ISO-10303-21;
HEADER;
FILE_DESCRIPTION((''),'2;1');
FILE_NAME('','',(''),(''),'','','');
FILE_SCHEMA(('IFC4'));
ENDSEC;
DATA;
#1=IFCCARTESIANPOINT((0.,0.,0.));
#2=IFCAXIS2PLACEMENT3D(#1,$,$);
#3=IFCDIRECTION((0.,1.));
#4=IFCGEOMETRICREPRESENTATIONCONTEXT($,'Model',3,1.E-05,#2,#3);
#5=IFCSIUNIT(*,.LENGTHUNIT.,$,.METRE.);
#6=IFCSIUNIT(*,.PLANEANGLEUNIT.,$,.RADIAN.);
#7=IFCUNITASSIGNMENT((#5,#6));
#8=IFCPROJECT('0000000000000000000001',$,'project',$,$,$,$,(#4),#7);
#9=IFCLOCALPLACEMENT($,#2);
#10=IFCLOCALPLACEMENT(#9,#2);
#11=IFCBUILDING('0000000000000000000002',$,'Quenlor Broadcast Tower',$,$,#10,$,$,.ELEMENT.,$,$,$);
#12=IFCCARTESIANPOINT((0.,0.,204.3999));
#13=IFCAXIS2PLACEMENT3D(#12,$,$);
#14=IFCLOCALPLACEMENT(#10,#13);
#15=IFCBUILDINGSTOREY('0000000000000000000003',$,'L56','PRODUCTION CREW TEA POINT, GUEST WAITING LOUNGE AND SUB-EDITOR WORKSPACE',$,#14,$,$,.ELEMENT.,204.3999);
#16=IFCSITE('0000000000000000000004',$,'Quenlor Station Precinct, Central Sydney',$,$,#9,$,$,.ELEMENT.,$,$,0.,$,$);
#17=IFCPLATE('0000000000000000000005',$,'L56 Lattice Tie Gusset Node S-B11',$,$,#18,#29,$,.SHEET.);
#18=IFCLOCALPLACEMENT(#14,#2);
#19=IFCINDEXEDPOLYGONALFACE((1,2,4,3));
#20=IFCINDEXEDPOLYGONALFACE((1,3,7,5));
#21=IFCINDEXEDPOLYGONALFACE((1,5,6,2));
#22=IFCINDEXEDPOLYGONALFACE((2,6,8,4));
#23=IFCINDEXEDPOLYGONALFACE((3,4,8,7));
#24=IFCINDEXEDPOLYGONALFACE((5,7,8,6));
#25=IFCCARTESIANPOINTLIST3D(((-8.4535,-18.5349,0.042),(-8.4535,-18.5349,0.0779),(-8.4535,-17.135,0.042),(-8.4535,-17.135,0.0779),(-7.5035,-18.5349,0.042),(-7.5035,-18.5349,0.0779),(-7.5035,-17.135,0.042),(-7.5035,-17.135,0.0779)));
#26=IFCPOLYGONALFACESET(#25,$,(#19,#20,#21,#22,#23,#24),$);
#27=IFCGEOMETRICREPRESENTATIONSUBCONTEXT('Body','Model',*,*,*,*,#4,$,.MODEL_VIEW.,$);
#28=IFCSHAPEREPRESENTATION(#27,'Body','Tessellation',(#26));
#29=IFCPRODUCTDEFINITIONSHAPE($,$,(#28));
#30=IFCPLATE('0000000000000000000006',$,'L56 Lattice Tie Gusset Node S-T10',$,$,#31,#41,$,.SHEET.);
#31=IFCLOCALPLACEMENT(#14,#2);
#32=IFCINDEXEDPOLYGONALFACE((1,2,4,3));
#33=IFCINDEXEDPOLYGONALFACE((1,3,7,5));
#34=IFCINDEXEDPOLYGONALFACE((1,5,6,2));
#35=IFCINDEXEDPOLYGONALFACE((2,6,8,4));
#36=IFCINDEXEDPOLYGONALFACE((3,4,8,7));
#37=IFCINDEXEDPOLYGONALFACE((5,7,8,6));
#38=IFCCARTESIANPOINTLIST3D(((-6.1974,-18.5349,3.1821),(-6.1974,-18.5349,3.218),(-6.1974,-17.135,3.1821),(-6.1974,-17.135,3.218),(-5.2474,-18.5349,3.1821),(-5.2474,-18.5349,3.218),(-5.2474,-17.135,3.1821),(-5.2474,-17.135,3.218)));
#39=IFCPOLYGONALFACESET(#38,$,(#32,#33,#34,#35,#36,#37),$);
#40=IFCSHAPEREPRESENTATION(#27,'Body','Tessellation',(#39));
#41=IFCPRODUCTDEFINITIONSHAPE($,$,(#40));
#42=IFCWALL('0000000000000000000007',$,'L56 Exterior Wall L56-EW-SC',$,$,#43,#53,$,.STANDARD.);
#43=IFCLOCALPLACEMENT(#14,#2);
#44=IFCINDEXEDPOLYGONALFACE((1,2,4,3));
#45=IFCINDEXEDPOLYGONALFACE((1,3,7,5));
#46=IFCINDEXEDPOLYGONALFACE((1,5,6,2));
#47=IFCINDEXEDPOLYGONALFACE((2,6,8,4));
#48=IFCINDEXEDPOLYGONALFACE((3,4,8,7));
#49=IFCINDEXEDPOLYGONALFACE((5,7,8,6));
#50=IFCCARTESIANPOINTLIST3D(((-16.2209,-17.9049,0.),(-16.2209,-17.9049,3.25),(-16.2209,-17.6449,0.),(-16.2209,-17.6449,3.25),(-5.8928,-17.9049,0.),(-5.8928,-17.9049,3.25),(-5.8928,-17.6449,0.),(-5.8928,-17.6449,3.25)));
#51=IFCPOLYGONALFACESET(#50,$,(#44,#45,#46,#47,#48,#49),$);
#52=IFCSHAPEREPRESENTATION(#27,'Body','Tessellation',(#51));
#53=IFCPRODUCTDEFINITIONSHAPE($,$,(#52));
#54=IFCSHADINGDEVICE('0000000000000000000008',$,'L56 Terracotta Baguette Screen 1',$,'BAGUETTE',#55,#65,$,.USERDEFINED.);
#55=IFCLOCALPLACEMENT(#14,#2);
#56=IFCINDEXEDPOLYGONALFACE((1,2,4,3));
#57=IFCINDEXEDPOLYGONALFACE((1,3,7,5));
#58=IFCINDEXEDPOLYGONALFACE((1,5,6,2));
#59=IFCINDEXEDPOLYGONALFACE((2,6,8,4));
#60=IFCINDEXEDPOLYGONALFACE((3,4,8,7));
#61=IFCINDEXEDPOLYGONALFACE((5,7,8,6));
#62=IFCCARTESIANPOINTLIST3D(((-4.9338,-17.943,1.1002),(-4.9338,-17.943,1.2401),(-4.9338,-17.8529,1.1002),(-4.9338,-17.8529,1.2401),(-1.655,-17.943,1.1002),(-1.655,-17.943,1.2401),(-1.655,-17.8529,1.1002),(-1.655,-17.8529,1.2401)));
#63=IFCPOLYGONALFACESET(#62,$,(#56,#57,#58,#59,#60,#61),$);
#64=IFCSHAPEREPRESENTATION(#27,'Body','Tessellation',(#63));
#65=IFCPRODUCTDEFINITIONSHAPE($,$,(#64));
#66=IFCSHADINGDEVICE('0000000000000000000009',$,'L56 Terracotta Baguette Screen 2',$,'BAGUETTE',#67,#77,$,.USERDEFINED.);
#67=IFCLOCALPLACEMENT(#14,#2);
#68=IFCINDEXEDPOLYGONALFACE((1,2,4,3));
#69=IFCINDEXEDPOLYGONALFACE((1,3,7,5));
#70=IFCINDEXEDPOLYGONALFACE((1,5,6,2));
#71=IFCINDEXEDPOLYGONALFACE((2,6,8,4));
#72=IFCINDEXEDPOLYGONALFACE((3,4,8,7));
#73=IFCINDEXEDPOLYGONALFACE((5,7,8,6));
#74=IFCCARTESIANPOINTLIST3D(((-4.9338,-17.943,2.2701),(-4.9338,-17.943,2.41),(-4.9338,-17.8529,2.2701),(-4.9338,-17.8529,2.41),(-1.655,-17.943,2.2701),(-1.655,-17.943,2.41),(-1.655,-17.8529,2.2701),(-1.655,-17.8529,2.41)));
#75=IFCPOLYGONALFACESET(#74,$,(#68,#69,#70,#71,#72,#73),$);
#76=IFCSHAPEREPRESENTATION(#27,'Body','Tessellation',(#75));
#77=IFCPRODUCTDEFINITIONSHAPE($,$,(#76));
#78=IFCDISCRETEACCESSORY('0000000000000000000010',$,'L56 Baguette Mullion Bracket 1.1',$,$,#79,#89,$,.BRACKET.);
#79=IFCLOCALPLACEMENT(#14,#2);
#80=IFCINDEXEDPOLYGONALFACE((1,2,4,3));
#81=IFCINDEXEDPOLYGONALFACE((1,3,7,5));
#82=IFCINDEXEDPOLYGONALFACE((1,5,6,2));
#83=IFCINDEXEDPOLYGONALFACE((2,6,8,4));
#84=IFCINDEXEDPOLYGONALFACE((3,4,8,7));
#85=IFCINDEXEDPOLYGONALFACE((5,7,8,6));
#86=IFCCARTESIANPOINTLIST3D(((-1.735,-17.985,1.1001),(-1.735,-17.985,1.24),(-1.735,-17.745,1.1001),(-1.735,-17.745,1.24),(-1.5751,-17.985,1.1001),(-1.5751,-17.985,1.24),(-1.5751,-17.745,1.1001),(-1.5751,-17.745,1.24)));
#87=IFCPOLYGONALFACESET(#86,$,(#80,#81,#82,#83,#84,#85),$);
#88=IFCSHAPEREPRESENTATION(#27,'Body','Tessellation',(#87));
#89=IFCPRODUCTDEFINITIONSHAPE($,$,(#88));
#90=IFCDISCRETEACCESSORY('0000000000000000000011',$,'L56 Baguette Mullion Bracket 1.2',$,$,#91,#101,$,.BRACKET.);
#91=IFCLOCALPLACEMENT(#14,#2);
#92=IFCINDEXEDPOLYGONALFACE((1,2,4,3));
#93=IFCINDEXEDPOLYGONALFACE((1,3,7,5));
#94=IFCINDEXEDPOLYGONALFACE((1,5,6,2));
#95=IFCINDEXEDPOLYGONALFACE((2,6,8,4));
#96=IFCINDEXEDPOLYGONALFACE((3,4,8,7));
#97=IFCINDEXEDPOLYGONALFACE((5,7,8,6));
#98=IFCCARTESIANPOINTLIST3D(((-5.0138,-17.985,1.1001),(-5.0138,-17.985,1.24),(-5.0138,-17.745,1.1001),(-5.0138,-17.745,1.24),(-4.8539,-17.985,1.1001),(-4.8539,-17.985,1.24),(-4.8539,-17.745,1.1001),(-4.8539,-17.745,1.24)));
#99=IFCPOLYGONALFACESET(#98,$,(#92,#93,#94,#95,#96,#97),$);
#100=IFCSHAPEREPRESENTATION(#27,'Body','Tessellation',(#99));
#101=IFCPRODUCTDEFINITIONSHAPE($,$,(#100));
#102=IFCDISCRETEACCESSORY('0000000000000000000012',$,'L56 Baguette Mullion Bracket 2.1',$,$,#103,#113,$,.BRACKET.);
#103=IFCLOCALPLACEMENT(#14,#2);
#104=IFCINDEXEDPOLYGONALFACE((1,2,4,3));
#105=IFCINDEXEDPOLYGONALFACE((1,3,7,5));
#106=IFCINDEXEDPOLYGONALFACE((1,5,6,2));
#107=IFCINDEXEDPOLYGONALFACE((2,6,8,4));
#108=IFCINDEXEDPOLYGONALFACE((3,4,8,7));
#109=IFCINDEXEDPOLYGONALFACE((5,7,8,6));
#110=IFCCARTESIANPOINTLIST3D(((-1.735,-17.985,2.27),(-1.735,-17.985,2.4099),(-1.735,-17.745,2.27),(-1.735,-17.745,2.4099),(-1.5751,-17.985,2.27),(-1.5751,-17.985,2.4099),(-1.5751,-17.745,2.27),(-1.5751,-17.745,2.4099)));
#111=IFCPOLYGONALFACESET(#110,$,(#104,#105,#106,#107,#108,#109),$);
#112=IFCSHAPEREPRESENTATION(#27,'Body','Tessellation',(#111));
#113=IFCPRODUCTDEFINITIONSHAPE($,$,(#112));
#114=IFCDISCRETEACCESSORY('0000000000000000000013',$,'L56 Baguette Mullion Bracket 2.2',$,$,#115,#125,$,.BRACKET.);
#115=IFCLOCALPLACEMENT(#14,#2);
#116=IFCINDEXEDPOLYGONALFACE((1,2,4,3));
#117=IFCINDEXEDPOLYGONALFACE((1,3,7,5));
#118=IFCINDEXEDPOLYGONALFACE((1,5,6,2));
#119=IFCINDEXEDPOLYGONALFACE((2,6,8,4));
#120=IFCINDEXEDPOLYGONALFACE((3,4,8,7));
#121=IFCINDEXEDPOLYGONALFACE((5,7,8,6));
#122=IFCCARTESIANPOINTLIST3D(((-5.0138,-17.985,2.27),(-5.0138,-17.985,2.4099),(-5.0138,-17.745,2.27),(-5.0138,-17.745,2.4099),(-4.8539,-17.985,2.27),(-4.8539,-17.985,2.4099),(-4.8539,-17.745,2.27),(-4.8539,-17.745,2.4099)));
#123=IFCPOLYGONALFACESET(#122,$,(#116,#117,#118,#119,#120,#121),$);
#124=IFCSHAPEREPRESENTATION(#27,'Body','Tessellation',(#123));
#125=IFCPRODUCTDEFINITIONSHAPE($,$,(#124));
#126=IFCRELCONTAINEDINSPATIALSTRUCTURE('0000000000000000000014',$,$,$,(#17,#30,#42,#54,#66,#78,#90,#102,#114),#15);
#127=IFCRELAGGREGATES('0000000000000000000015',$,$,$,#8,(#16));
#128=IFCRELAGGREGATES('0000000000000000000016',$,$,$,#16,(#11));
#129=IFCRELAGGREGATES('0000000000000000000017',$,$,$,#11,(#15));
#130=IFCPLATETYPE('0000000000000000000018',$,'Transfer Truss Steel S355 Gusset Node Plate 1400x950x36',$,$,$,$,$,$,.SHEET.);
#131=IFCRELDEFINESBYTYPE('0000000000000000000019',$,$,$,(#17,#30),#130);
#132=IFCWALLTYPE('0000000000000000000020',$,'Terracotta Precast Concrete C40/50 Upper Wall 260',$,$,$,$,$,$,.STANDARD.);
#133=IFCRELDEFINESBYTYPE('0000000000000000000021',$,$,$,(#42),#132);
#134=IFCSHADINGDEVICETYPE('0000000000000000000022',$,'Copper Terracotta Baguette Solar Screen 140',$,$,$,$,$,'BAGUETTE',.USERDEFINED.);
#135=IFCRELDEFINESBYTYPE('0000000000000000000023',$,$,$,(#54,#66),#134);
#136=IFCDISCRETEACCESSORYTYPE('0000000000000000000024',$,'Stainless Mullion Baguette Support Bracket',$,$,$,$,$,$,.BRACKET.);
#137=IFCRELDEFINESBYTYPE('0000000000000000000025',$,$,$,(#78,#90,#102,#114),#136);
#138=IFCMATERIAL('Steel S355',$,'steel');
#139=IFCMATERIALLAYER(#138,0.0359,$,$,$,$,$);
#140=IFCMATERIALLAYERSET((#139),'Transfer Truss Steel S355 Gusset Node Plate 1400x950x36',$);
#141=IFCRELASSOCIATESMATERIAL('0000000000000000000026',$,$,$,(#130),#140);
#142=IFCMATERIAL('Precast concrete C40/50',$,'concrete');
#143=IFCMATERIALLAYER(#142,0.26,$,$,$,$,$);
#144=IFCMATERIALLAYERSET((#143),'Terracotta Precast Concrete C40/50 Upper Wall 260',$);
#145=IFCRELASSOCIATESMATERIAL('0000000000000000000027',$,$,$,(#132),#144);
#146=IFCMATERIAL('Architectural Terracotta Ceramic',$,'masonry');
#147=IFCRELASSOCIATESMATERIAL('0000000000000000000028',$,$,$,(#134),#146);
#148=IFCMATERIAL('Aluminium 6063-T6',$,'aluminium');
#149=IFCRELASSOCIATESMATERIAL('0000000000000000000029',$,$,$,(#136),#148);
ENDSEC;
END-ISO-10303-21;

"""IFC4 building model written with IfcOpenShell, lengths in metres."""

from ifc_helpers import new_model, si_unit, direction, frame, frame_2d, origin, origin_2d, place, context, subcontext, project, spatial, rectangle, extrude, material, layer, layer_set, material_profile, profile_set, type_object, element, save


model = new_model("IFC4")

# Units and contexts
model_context = context("Model", 3, precision=1e-05, world=origin(), true_north=direction((0.0, 1.0)))
body_context = subcontext(model_context, "Body", "Model", "MODEL_VIEW")
ifc_project = project(units=[si_unit("LENGTHUNIT", "METRE"), si_unit("PLANEANGLEUNIT", "RADIAN")], contexts=[model_context])

# Site, building, storey
site_placement = place(None, origin())
site = spatial("IfcSite", under=ifc_project, at=site_placement, Name="Quenlor Station Precinct, Central Sydney", CompositionType="ELEMENT", RefElevation=0.0)
building_placement = place(site_placement, origin())
building = spatial("IfcBuilding", under=site, at=building_placement, Name="Quenlor Broadcast Tower", CompositionType="ELEMENT")
storey_placement = place(building_placement, frame((0.0, 0.0, 204.3999)))
storey = spatial("IfcBuildingStorey", under=building, at=storey_placement, Name="L56", Description="PRODUCTION CREW TEA POINT, GUEST WAITING LOUNGE AND SUB-EDITOR WORKSPACE", CompositionType="ELEMENT", Elevation=204.3999)

# Plates
ifc_material_1 = material(Name="Steel S355", Category="steel")
ifc_layer_1 = layer(ifc_material_1, 0.0359)
ifc_layer_set_1 = layer_set([ifc_layer_1], Name="Transfer Truss Steel S355 Gusset Node Plate 1400x950x36")
plate_type_1 = type_object("IfcPlateType", Name="Transfer Truss Steel S355 Gusset Node Plate 1400x950x36", PredefinedType="SHEET", material=ifc_layer_set_1)
for number, where, z_axis, x_axis, name in (
    (1, (-7.9785, -17.835, 0.042), (0.0, 0.0, 1.0), (0.0, -1.0, 0.0), "L56 Lattice Tie Gusset Node S-B11"),
    (2, (-5.7224, -17.835, 3.1821), (0.0, 0.0, 1.0), (0.0, -1.0, 0.0), "L56 Lattice Tie Gusset Node S-T10"),
):
    element("IfcPlate", number, at=place(storey_placement, frame(where, z_axis=z_axis, x_axis=x_axis)), inside=storey, type_object=plate_type_1, Name=name, PredefinedType="SHEET", context=body_context, shape_type="SweptSolid", body=[
        extrude(rectangle(XDim=1.3999, YDim=0.95, at=origin_2d()), origin(), (0.0, 0.0, 1.0), 0.0359),
    ])

# Wall
ifc_material_2 = material(Name="Precast concrete C40/50", Category="concrete")
ifc_layer_2 = layer(ifc_material_2, 0.26)
ifc_layer_set_2 = layer_set([ifc_layer_2], Name="Terracotta Precast Concrete C40/50 Upper Wall 260")
wall_type = type_object("IfcWallType", Name="Terracotta Precast Concrete C40/50 Upper Wall 260", PredefinedType="STANDARD", material=ifc_layer_set_2)
wall_placement = place(storey_placement, frame((-5.8928, -17.7749, 0.0), z_axis=(0.0, 0.0, 1.0), x_axis=(-1.0, 0.0, 0.0)))
element("IfcWall", 3, at=wall_placement, inside=storey, type_object=wall_type, Name="L56 Exterior Wall L56-EW-SC", PredefinedType="STANDARD", context=body_context, shape_type="SweptSolid", body=[
    extrude(rectangle(XDim=10.3281, YDim=0.26, at=frame_2d((5.1641, 0.0))), origin(), (0.0, 0.0, 1.0), 3.25),
])

# Shading devices
ifc_material_3 = material(Name="Architectural Terracotta Ceramic", Category="masonry")
ifc_material_profile_1 = material_profile(ifc_material_3, rectangle(XDim=0.0901, YDim=0.1399, at=origin_2d()))
ifc_profile_set_1 = profile_set([ifc_material_profile_1], Name="Architectural Terracotta Ceramic BAG90x140")
shading_device_type = type_object("IfcShadingDeviceType", Name="Copper Terracotta Baguette Solar Screen 140", ElementType="BAGUETTE", PredefinedType="USERDEFINED", material=ifc_profile_set_1)
for number, where, z_axis, x_axis, name in (
    (4, (-1.655, -17.8979, 1.1702), (-1.0, 0.0, 0.0), (0.0, -1.0, 0.0), "L56 Terracotta Baguette Screen 1"),
    (5, (-1.655, -17.8979, 2.3401), (-1.0, 0.0, 0.0), (0.0, -1.0, 0.0), "L56 Terracotta Baguette Screen 2"),
):
    element("IfcShadingDevice", number, at=place(storey_placement, frame(where, z_axis=z_axis, x_axis=x_axis)), inside=storey, type_object=shading_device_type, Name=name, ObjectType="BAGUETTE", PredefinedType="USERDEFINED", context=body_context, shape_type="SweptSolid", body=[
        extrude(rectangle(XDim=0.0901, YDim=0.1399, at=origin_2d()), origin(), (0.0, 0.0, 1.0), 3.2788),
    ])

# Discrete accessories
ifc_material_4 = material(Name="Aluminium 6063-T6", Category="aluminium")
discrete_accessory_type = type_object("IfcDiscreteAccessoryType", Name="Stainless Mullion Baguette Support Bracket", PredefinedType="BRACKET", material=ifc_material_4)
for number, where, z_axis, x_axis, name in (
    (6, (-1.655, -17.865, 1.1001), (0.0, 0.0, 1.0), (-1.0, 0.0, 0.0), "L56 Baguette Mullion Bracket 1.1"),
    (7, (-4.9338, -17.865, 1.1001), (0.0, 0.0, 1.0), (-1.0, 0.0, 0.0), "L56 Baguette Mullion Bracket 1.2"),
    (8, (-1.655, -17.865, 2.27), (0.0, 0.0, 1.0), (-1.0, 0.0, 0.0), "L56 Baguette Mullion Bracket 2.1"),
    (9, (-4.9338, -17.865, 2.27), (0.0, 0.0, 1.0), (-1.0, 0.0, 0.0), "L56 Baguette Mullion Bracket 2.2"),
):
    element("IfcDiscreteAccessory", number, at=place(storey_placement, frame(where, z_axis=z_axis, x_axis=x_axis)), inside=storey, type_object=discrete_accessory_type, Name=name, PredefinedType="BRACKET", context=body_context, shape_type="SweptSolid", body=[
        extrude(rectangle(XDim=0.1599, YDim=0.24, at=origin_2d()), origin(), (0.0, 0.0, 1.0), 0.1399),
    ])

save(model, "model.ifc")
